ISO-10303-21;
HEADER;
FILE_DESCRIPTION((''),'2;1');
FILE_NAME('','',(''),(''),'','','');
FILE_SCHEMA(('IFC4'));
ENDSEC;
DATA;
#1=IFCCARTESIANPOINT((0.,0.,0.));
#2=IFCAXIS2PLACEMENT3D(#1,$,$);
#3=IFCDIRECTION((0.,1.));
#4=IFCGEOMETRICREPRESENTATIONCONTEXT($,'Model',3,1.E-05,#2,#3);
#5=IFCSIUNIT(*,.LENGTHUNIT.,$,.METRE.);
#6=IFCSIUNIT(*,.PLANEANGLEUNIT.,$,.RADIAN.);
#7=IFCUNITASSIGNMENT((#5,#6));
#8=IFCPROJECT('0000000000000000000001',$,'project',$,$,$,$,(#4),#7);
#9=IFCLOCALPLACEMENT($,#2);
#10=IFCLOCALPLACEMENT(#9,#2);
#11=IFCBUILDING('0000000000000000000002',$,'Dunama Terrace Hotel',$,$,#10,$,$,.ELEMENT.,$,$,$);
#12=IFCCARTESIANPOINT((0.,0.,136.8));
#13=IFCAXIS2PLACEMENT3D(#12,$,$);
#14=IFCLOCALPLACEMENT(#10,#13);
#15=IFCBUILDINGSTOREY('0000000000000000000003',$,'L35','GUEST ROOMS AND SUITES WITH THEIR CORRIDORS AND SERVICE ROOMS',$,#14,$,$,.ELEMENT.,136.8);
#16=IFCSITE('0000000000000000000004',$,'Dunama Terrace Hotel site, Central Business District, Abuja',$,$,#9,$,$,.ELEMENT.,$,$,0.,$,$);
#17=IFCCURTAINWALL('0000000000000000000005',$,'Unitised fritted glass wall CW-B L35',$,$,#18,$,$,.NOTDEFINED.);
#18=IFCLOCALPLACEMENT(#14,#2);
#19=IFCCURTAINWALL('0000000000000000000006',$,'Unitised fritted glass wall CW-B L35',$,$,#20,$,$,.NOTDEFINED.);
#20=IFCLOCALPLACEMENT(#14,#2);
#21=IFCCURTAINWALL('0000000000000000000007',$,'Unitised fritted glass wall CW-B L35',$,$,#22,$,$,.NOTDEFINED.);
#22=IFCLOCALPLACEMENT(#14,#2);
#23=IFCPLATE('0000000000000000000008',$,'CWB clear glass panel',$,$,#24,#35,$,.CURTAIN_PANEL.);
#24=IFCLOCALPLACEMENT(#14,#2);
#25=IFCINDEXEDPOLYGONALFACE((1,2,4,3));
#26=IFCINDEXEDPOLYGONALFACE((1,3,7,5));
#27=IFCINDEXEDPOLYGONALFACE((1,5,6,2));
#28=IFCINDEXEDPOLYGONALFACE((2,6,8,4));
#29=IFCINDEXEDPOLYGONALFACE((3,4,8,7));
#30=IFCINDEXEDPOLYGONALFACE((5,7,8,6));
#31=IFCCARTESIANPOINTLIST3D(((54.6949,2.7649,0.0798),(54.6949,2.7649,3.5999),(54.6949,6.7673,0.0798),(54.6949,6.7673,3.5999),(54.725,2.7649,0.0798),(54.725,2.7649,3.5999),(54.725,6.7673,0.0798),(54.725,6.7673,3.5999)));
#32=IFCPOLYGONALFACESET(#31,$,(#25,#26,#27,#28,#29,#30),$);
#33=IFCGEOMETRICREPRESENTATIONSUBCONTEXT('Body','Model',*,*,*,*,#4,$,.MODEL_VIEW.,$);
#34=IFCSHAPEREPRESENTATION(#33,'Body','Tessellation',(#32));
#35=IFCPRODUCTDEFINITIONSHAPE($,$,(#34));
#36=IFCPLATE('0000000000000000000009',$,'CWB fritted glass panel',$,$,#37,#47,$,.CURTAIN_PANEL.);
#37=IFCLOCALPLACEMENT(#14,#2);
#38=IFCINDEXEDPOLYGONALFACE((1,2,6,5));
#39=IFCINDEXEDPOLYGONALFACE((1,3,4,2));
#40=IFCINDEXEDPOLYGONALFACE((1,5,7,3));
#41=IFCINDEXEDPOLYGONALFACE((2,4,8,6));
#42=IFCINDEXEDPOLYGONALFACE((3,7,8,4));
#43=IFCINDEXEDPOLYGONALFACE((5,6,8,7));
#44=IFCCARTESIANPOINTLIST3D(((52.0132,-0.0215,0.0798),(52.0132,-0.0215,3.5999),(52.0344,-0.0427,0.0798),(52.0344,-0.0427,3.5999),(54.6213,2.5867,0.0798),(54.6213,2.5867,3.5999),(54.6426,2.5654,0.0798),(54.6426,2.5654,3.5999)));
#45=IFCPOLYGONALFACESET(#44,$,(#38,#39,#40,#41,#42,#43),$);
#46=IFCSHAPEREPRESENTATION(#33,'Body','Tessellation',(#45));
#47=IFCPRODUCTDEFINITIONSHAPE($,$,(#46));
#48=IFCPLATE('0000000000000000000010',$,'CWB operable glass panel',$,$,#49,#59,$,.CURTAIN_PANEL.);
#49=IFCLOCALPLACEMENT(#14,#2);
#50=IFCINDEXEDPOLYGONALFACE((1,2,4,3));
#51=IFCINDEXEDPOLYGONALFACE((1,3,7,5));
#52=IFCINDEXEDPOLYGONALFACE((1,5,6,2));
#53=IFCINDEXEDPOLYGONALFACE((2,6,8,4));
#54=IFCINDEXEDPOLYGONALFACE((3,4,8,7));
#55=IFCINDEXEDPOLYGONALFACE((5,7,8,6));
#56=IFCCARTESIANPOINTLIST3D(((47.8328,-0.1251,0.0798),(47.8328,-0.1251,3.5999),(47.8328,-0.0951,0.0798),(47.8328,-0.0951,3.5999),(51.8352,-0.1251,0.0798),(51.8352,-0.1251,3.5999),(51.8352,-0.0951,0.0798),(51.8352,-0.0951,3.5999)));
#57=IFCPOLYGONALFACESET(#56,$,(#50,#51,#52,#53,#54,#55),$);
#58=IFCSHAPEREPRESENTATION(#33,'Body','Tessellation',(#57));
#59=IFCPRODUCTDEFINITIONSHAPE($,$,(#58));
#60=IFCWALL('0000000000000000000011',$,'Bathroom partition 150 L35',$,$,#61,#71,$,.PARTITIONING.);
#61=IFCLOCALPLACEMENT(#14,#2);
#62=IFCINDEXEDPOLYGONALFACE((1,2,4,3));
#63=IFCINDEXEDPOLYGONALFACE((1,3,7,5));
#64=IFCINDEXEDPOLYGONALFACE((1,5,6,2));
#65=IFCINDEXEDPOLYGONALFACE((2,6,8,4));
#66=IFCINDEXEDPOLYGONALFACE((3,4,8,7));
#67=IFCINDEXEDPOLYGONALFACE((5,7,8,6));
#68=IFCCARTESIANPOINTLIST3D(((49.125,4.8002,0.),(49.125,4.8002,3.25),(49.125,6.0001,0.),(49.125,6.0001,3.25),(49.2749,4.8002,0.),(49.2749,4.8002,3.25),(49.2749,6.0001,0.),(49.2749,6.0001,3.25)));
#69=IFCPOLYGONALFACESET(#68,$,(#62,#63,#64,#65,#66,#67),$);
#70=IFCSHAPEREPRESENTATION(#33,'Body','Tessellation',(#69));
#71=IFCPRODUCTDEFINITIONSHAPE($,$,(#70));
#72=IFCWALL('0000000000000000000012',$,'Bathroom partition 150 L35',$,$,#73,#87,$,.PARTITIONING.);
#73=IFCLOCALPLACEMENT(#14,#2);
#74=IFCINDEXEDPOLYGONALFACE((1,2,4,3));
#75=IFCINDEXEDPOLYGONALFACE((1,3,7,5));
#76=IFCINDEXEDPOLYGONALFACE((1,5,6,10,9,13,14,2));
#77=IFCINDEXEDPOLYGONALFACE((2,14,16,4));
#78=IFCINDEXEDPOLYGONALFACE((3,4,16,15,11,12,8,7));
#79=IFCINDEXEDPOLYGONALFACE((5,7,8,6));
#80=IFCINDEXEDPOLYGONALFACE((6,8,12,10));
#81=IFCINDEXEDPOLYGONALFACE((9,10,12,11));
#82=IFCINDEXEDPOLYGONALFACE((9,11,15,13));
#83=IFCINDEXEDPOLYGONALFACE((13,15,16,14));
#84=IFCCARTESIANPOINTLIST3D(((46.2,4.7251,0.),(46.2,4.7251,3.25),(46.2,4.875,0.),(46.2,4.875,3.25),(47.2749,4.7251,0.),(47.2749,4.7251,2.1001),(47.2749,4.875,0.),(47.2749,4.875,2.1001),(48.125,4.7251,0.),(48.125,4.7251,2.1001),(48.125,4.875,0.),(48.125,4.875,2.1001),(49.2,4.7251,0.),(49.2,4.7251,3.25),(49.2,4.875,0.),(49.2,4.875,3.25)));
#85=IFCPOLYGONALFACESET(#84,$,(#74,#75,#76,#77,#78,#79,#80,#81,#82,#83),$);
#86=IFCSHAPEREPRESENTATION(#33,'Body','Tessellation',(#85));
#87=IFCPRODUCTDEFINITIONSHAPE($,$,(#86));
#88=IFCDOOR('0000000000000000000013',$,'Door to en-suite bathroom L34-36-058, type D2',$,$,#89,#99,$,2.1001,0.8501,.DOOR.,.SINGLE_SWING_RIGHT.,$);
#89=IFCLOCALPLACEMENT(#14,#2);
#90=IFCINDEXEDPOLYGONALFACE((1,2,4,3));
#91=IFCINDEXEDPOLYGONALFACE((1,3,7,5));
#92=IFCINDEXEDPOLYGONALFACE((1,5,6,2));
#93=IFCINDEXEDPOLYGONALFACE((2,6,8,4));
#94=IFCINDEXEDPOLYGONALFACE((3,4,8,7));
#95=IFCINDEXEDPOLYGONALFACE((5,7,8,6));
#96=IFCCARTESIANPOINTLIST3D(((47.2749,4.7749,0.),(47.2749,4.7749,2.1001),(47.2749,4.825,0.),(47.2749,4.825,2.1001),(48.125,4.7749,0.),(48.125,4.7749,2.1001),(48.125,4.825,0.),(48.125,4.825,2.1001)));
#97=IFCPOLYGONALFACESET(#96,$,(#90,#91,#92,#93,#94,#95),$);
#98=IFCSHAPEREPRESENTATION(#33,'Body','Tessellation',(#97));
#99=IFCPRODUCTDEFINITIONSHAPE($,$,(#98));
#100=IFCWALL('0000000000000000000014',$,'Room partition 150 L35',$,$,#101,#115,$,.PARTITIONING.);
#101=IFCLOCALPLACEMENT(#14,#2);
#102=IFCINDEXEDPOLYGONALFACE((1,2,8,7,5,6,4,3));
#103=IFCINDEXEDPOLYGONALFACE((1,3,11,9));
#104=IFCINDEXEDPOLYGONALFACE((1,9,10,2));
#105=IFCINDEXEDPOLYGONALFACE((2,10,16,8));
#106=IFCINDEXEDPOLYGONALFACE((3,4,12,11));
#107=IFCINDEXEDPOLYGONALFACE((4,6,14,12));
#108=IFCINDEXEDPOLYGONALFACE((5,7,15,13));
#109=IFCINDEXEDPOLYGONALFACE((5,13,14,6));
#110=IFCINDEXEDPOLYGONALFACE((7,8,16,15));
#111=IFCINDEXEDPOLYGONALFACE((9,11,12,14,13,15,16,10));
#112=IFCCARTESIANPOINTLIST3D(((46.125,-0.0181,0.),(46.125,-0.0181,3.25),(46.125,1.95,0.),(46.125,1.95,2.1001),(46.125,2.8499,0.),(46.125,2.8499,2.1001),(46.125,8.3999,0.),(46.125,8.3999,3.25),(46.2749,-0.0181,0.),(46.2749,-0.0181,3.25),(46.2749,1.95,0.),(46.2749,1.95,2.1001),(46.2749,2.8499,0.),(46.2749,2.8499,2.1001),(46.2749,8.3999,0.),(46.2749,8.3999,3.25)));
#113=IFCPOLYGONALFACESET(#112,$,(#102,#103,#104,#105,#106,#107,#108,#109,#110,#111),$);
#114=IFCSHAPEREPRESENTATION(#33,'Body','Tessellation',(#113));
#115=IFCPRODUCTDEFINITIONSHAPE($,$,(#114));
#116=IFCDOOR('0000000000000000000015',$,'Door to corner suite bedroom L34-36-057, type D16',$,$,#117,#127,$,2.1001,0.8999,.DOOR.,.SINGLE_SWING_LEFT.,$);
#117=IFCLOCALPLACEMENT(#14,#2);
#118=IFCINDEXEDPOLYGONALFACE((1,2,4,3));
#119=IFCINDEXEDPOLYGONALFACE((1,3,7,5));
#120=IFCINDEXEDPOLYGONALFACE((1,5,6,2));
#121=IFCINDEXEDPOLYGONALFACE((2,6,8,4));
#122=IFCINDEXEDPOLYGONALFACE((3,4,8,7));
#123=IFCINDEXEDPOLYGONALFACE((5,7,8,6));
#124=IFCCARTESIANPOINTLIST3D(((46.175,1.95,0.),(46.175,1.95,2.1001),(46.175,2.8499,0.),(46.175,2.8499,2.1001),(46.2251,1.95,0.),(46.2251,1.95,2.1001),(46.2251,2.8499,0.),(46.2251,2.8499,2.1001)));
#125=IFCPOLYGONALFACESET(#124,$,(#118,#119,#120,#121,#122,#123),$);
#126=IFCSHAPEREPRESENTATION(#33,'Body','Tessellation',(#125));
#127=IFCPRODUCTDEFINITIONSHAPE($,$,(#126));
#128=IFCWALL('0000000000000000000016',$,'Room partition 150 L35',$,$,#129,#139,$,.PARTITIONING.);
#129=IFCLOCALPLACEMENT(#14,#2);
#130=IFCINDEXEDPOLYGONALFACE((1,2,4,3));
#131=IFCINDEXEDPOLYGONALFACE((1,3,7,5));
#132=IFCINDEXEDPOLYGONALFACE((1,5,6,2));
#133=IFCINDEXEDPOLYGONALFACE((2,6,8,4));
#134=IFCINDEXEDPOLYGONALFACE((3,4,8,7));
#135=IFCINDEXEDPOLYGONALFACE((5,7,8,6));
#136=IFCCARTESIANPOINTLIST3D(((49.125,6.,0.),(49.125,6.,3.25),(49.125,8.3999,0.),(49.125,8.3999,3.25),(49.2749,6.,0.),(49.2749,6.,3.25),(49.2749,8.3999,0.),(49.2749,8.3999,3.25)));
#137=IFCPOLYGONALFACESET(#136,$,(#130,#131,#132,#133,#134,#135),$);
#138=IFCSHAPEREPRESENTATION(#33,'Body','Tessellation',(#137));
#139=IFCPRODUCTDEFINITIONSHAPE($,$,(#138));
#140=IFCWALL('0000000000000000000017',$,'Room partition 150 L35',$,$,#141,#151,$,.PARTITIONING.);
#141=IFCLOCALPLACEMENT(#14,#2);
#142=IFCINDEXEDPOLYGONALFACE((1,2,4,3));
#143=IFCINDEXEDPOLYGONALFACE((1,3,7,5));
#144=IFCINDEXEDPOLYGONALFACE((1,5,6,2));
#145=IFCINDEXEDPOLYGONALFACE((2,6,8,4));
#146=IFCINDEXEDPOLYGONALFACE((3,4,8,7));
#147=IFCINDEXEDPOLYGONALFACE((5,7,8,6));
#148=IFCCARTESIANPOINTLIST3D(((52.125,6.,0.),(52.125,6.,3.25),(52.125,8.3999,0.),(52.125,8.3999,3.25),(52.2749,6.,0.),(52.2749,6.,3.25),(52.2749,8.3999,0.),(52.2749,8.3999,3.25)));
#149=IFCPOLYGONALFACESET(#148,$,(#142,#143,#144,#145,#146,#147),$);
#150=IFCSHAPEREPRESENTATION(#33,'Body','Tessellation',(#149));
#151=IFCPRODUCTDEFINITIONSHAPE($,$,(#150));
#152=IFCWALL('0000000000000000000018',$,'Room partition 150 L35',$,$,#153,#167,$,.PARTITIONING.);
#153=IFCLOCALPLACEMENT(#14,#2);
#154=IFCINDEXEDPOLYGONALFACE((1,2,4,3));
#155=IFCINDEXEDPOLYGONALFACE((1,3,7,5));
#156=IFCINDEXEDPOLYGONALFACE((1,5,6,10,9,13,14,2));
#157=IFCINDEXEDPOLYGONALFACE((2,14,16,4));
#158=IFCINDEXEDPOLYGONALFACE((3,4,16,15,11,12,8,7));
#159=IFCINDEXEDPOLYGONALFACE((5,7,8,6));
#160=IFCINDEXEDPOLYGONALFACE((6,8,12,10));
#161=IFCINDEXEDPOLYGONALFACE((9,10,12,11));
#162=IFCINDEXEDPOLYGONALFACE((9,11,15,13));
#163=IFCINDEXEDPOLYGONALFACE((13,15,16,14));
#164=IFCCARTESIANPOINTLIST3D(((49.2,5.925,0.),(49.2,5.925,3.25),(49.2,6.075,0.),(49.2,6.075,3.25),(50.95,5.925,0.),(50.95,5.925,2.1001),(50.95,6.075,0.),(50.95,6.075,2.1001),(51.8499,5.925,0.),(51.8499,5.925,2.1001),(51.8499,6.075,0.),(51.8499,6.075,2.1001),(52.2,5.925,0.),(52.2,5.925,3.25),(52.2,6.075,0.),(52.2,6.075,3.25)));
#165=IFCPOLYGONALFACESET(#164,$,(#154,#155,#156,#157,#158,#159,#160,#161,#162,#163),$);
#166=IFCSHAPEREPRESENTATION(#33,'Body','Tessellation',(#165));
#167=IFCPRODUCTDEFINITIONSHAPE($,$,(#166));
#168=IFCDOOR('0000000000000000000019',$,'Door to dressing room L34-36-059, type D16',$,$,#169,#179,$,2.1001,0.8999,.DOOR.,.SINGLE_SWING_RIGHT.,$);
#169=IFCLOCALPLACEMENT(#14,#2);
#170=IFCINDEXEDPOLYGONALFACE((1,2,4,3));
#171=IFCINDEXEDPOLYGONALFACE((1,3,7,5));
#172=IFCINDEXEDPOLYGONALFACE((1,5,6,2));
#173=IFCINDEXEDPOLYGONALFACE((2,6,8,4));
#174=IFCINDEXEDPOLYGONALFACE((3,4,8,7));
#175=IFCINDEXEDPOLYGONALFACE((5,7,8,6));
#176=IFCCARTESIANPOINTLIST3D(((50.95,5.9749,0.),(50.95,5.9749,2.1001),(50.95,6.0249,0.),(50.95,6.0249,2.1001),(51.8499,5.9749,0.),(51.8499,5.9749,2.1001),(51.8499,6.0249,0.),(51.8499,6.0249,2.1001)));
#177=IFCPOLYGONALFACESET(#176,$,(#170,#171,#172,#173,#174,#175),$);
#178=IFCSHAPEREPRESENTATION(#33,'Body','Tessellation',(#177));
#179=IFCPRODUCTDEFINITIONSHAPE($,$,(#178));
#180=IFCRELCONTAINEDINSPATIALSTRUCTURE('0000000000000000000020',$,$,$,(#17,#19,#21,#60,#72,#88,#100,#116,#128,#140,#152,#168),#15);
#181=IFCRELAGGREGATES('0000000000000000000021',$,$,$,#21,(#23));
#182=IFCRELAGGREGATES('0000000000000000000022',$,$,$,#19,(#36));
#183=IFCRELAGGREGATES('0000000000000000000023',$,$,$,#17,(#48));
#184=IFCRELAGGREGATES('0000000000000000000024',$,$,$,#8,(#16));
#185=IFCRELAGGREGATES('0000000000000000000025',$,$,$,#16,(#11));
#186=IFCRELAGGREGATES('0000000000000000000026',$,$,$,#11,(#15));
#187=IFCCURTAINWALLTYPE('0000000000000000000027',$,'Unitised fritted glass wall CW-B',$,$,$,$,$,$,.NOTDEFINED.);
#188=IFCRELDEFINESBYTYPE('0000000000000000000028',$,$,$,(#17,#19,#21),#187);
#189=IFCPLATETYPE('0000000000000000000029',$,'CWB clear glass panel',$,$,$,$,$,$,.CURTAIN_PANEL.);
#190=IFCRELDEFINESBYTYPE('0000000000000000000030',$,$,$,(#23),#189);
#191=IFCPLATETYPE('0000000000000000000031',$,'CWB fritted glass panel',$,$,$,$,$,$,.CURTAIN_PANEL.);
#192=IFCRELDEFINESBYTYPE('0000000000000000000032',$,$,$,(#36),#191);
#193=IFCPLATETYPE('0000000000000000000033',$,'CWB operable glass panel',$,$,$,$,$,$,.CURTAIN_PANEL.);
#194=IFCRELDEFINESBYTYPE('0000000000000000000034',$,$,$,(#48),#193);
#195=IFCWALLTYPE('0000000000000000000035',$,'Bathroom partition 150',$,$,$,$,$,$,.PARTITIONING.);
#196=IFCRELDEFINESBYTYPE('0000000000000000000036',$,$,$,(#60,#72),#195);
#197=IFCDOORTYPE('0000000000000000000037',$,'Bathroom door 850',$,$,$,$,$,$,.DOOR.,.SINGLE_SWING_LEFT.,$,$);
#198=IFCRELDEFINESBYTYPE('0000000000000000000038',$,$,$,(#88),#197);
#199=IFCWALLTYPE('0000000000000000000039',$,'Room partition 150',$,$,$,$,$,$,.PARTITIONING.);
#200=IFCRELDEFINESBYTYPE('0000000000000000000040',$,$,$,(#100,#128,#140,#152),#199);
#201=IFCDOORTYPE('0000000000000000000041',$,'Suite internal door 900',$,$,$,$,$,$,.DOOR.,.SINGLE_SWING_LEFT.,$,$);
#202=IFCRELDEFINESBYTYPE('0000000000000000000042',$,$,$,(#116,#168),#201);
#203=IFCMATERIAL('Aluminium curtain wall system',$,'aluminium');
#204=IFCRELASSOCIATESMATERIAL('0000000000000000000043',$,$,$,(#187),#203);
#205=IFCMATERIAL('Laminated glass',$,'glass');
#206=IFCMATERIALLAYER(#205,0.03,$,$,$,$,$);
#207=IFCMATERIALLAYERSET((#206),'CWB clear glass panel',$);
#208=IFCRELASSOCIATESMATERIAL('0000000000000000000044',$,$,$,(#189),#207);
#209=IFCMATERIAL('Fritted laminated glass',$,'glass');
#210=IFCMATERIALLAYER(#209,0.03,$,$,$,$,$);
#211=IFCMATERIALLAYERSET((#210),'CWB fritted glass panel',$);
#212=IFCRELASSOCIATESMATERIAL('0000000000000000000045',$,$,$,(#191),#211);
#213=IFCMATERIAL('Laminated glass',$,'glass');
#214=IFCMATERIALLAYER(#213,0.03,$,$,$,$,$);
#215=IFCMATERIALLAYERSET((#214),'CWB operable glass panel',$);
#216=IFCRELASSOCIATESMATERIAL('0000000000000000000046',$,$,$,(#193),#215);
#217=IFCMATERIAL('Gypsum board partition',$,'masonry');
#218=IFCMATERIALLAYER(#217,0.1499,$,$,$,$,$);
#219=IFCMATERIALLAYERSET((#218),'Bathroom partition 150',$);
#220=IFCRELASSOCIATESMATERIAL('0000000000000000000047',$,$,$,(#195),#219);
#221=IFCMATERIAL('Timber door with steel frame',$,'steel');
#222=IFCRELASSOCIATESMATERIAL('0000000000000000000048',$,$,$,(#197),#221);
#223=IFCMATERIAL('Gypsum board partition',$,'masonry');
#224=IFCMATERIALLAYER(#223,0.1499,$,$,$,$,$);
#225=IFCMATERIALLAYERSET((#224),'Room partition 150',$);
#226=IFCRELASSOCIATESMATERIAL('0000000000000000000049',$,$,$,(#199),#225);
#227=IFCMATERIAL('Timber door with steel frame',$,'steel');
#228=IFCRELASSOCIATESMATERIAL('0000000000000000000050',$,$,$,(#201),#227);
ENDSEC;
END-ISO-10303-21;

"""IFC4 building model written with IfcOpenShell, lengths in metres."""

from ifc_helpers import new_model, si_unit, direction, frame, frame_2d, origin, origin_2d, place, context, subcontext, project, spatial, rectangle, extrude, material, layer, layer_set, type_object, element, fill, aggregate, save


model = new_model("IFC4")

# Units and contexts
model_context = context("Model", 3, precision=1e-05, world=origin(), true_north=direction((0.0, 1.0)))
body_context = subcontext(model_context, "Body", "Model", "MODEL_VIEW")
ifc_project = project(units=[si_unit("LENGTHUNIT", "METRE"), si_unit("PLANEANGLEUNIT", "RADIAN")], contexts=[model_context])

# Site, building, storey
site_placement = place(None, origin())
site = spatial("IfcSite", under=ifc_project, at=site_placement, Name="Dunama Terrace Hotel site, Central Business District, Abuja", CompositionType="ELEMENT", RefElevation=0.0)
building_placement = place(site_placement, origin())
building = spatial("IfcBuilding", under=site, at=building_placement, Name="Dunama Terrace Hotel", CompositionType="ELEMENT")
storey_placement = place(building_placement, frame((0.0, 0.0, 136.8)))
storey = spatial("IfcBuildingStorey", under=building, at=storey_placement, Name="L35", Description="GUEST ROOMS AND SUITES WITH THEIR CORRIDORS AND SERVICE ROOMS", CompositionType="ELEMENT", Elevation=136.8)

# Curtain walls
ifc_material_1 = material(Name="Aluminium curtain wall system", Category="aluminium")
curtain_wall_type = type_object("IfcCurtainWallType", Name="Unitised fritted glass wall CW-B", PredefinedType="NOTDEFINED", material=ifc_material_1)
curtain_wall_1_placement = place(storey_placement, origin())
curtain_wall_1 = element("IfcCurtainWall", 1, at=curtain_wall_1_placement, inside=storey, type_object=curtain_wall_type, Name="Unitised fritted glass wall CW-B L35", PredefinedType="NOTDEFINED")
curtain_wall_2_placement = place(storey_placement, origin())
curtain_wall_2 = element("IfcCurtainWall", 2, at=curtain_wall_2_placement, inside=storey, type_object=curtain_wall_type, Name="Unitised fritted glass wall CW-B L35", PredefinedType="NOTDEFINED")
curtain_wall_3_placement = place(storey_placement, origin())
curtain_wall_3 = element("IfcCurtainWall", 3, at=curtain_wall_3_placement, inside=storey, type_object=curtain_wall_type, Name="Unitised fritted glass wall CW-B L35", PredefinedType="NOTDEFINED")

# Plates
ifc_material_2 = material(Name="Laminated glass", Category="glass")
ifc_layer_1 = layer(ifc_material_2, 0.03)
ifc_layer_set_1 = layer_set([ifc_layer_1], Name="CWB clear glass panel")
plate_type_1 = type_object("IfcPlateType", Name="CWB clear glass panel", PredefinedType="CURTAIN_PANEL", material=ifc_layer_set_1)
plate_1_placement = place(storey_placement, frame((54.71, 4.7661, 0.0798), z_axis=(0.0, 0.0, 1.0), x_axis=(0.0, 1.0, 0.0)))
plate_1 = element("IfcPlate", 4, at=plate_1_placement, type_object=plate_type_1, Name="CWB clear glass panel", PredefinedType="CURTAIN_PANEL", context=body_context, shape_type="SweptSolid", body=[
    extrude(rectangle(XDim=4.0024, YDim=0.03, at=origin_2d()), origin(), (0.0, 0.0, 1.0), 3.52),
])
aggregate(curtain_wall_3, [plate_1])
ifc_material_3 = material(Name="Fritted laminated glass", Category="glass")
ifc_layer_2 = layer(ifc_material_3, 0.03)
ifc_layer_set_2 = layer_set([ifc_layer_2], Name="CWB fritted glass panel")
plate_type_2 = type_object("IfcPlateType", Name="CWB fritted glass panel", PredefinedType="CURTAIN_PANEL", material=ifc_layer_set_2)
plate_2_placement = place(storey_placement, frame((53.3279, 1.272, 0.0798), z_axis=(0.0, 0.0, 1.0), x_axis=(0.707107, 0.707107, 0.0)))
plate_2 = element("IfcPlate", 5, at=plate_2_placement, type_object=plate_type_2, Name="CWB fritted glass panel", PredefinedType="CURTAIN_PANEL", context=body_context, shape_type="SweptSolid", body=[
    extrude(rectangle(XDim=3.6885, YDim=0.03, at=origin_2d()), origin(), (0.0, 0.0, 1.0), 3.52),
])
aggregate(curtain_wall_2, [plate_2])
ifc_material_4 = material(Name="Laminated glass", Category="glass")
ifc_layer_3 = layer(ifc_material_4, 0.03)
ifc_layer_set_3 = layer_set([ifc_layer_3], Name="CWB operable glass panel")
plate_type_3 = type_object("IfcPlateType", Name="CWB operable glass panel", PredefinedType="CURTAIN_PANEL", material=ifc_layer_set_3)
plate_3_placement = place(storey_placement, frame((49.834, -0.1101, 0.0798), z_axis=(0.0, 0.0, 1.0), x_axis=(1.0, 0.0, 0.0)))
plate_3 = element("IfcPlate", 6, at=plate_3_placement, type_object=plate_type_3, Name="CWB operable glass panel", PredefinedType="CURTAIN_PANEL", context=body_context, shape_type="SweptSolid", body=[
    extrude(rectangle(XDim=4.0024, YDim=0.03, at=origin_2d()), origin(), (0.0, 0.0, 1.0), 3.52),
])
aggregate(curtain_wall_1, [plate_3])

# Wall
ifc_material_5 = material(Name="Gypsum board partition", Category="masonry")
ifc_layer_4 = layer(ifc_material_5, 0.1499)
ifc_layer_set_4 = layer_set([ifc_layer_4], Name="Bathroom partition 150")
wall_type_1 = type_object("IfcWallType", Name="Bathroom partition 150", PredefinedType="PARTITIONING", material=ifc_layer_set_4)
wall_1_placement = place(storey_placement, frame((49.2, 4.8, 0.0), z_axis=(0.0, 0.0, 1.0), x_axis=(0.0, 1.0, 0.0)))
element("IfcWall", 7, at=wall_1_placement, inside=storey, type_object=wall_type_1, Name="Bathroom partition 150 L35", PredefinedType="PARTITIONING", context=body_context, shape_type="SweptSolid", body=[
    extrude(rectangle(XDim=1.2, YDim=0.1499, at=frame_2d((0.6001, 0.0))), origin(), (0.0, 0.0, 1.0), 3.25),
])

# Walls, openings, doors
wall_2_placement = place(storey_placement, frame((46.2, 4.8, 0.0), z_axis=(0.0, 0.0, 1.0), x_axis=(1.0, 0.0, 0.0)))
wall_2 = element("IfcWall", 8, at=wall_2_placement, inside=storey, type_object=wall_type_1, Name="Bathroom partition 150 L35", PredefinedType="PARTITIONING", context=body_context, shape_type="SweptSolid", body=[
    extrude(rectangle(XDim=3.0, YDim=0.1499, at=frame_2d((1.5, 0.0))), origin(), (0.0, 0.0, 1.0), 3.25),
])
opening_1_placement = place(wall_2_placement, frame((1.075, 0.0, 0.0)))
opening_1 = element("IfcOpeningElement", 9, at=opening_1_placement, cuts=wall_2, PredefinedType="OPENING", context=body_context, shape_type="SweptSolid", body=[
    extrude(rectangle(XDim=0.8501, YDim=2.1001, at=frame_2d((0.425, 1.05))), frame((0.0, 0.085, 0.0), z_axis=(0.0, -1.0, 0.0), x_axis=(1.0, 0.0, 0.0)), (0.0, 0.0, 1.0), 0.1699),
])
ifc_material_6 = material(Name="Timber door with steel frame", Category="steel")
door_type_1 = type_object("IfcDoorType", Name="Bathroom door 850", OperationType="SINGLE_SWING_LEFT", PredefinedType="DOOR", material=ifc_material_6)
door_1_placement = place(opening_1_placement, origin())
door_1 = element("IfcDoor", 10, at=door_1_placement, inside=storey, type_object=door_type_1, Name="Door to en-suite bathroom L34-36-058, type D2", OperationType="SINGLE_SWING_RIGHT", OverallHeight=2.1001, OverallWidth=0.8501, PredefinedType="DOOR", context=body_context, shape_type="SweptSolid", body=[
    extrude(rectangle(XDim=0.8501, YDim=2.1001, at=frame_2d((0.425, 1.05))), frame((0.0, 0.0249, 0.0), z_axis=(0.0, -1.0, 0.0), x_axis=(1.0, 0.0, 0.0)), (0.0, 0.0, 1.0), 0.05),
])
fill(opening_1, door_1)
ifc_material_7 = material(Name="Gypsum board partition", Category="masonry")
ifc_layer_5 = layer(ifc_material_7, 0.1499)
ifc_layer_set_5 = layer_set([ifc_layer_5], Name="Room partition 150")
wall_type_2 = type_object("IfcWallType", Name="Room partition 150", PredefinedType="PARTITIONING", material=ifc_layer_set_5)
wall_3_placement = place(storey_placement, frame((46.2, -0.0181, 0.0), z_axis=(0.0, 0.0, 1.0), x_axis=(0.0, 1.0, 0.0)))
wall_3 = element("IfcWall", 11, at=wall_3_placement, inside=storey, type_object=wall_type_2, Name="Room partition 150 L35", PredefinedType="PARTITIONING", context=body_context, shape_type="SweptSolid", body=[
    extrude(rectangle(XDim=8.418, YDim=0.1499, at=frame_2d((4.209, 0.0))), origin(), (0.0, 0.0, 1.0), 3.25),
])
opening_2_placement = place(wall_3_placement, frame((1.968, 0.0, 0.0)))
opening_2 = element("IfcOpeningElement", 12, at=opening_2_placement, cuts=wall_3, PredefinedType="OPENING", context=body_context, shape_type="SweptSolid", body=[
    extrude(rectangle(XDim=0.8999, YDim=2.1001, at=frame_2d((0.45, 1.05))), frame((0.0, 0.085, 0.0), z_axis=(0.0, -1.0, 0.0), x_axis=(1.0, 0.0, 0.0)), (0.0, 0.0, 1.0), 0.1699),
])
ifc_material_8 = material(Name="Timber door with steel frame", Category="steel")
door_type_2 = type_object("IfcDoorType", Name="Suite internal door 900", OperationType="SINGLE_SWING_LEFT", PredefinedType="DOOR", material=ifc_material_8)
door_2_placement = place(opening_2_placement, frame((0.8999, 0.0, 0.0), z_axis=(0.0, 0.0, 1.0), x_axis=(-1.0, 0.0, 0.0)))
door_2 = element("IfcDoor", 13, at=door_2_placement, inside=storey, type_object=door_type_2, Name="Door to corner suite bedroom L34-36-057, type D16", OperationType="SINGLE_SWING_LEFT", OverallHeight=2.1001, OverallWidth=0.8999, PredefinedType="DOOR", context=body_context, shape_type="SweptSolid", body=[
    extrude(rectangle(XDim=0.8999, YDim=2.1001, at=frame_2d((0.45, 1.05))), frame((0.0, 0.0251, 0.0), z_axis=(0.0, -1.0, 0.0), x_axis=(1.0, 0.0, 0.0)), (0.0, 0.0, 1.0), 0.05),
])
fill(opening_2, door_2)

# Walls
for number, where, z_axis, x_axis, name in (
    (14, (49.2, 6.0, 0.0), (0.0, 0.0, 1.0), (0.0, 1.0, 0.0), "Room partition 150 L35"),
    (15, (52.2, 6.0, 0.0), (0.0, 0.0, 1.0), (0.0, 1.0, 0.0), "Room partition 150 L35"),
):
    element("IfcWall", number, at=place(storey_placement, frame(where, z_axis=z_axis, x_axis=x_axis)), inside=storey, type_object=wall_type_2, Name=name, PredefinedType="PARTITIONING", context=body_context, shape_type="SweptSolid", body=[
        extrude(rectangle(XDim=2.3999, YDim=0.1499, at=frame_2d((1.2, 0.0))), origin(), (0.0, 0.0, 1.0), 3.25),
    ])

# Wall, opening, door
wall_4_placement = place(storey_placement, frame((49.2, 6.0, 0.0), z_axis=(0.0, 0.0, 1.0), x_axis=(1.0, 0.0, 0.0)))
wall_4 = element("IfcWall", 16, at=wall_4_placement, inside=storey, type_object=wall_type_2, Name="Room partition 150 L35", PredefinedType="PARTITIONING", context=body_context, shape_type="SweptSolid", body=[
    extrude(rectangle(XDim=3.0, YDim=0.1499, at=frame_2d((1.5, 0.0))), origin(), (0.0, 0.0, 1.0), 3.25),
])
opening_3_placement = place(wall_4_placement, frame((1.75, 0.0, 0.0)))
opening_3 = element("IfcOpeningElement", 17, at=opening_3_placement, cuts=wall_4, PredefinedType="OPENING", context=body_context, shape_type="SweptSolid", body=[
    extrude(rectangle(XDim=0.8999, YDim=2.1001, at=frame_2d((0.45, 1.05))), frame((0.0, 0.085, 0.0), z_axis=(0.0, -1.0, 0.0), x_axis=(1.0, 0.0, 0.0)), (0.0, 0.0, 1.0), 0.1699),
])
door_3_placement = place(opening_3_placement, origin())
door_3 = element("IfcDoor", 18, at=door_3_placement, inside=storey, type_object=door_type_2, Name="Door to dressing room L34-36-059, type D16", OperationType="SINGLE_SWING_RIGHT", OverallHeight=2.1001, OverallWidth=0.8999, PredefinedType="DOOR", context=body_context, shape_type="SweptSolid", body=[
    extrude(rectangle(XDim=0.8999, YDim=2.1001, at=frame_2d((0.45, 1.05))), frame((0.0, 0.0249, 0.0), z_axis=(0.0, -1.0, 0.0), x_axis=(1.0, 0.0, 0.0)), (0.0, 0.0, 1.0), 0.05),
])
fill(opening_3, door_3)

save(model, "model.ifc")
